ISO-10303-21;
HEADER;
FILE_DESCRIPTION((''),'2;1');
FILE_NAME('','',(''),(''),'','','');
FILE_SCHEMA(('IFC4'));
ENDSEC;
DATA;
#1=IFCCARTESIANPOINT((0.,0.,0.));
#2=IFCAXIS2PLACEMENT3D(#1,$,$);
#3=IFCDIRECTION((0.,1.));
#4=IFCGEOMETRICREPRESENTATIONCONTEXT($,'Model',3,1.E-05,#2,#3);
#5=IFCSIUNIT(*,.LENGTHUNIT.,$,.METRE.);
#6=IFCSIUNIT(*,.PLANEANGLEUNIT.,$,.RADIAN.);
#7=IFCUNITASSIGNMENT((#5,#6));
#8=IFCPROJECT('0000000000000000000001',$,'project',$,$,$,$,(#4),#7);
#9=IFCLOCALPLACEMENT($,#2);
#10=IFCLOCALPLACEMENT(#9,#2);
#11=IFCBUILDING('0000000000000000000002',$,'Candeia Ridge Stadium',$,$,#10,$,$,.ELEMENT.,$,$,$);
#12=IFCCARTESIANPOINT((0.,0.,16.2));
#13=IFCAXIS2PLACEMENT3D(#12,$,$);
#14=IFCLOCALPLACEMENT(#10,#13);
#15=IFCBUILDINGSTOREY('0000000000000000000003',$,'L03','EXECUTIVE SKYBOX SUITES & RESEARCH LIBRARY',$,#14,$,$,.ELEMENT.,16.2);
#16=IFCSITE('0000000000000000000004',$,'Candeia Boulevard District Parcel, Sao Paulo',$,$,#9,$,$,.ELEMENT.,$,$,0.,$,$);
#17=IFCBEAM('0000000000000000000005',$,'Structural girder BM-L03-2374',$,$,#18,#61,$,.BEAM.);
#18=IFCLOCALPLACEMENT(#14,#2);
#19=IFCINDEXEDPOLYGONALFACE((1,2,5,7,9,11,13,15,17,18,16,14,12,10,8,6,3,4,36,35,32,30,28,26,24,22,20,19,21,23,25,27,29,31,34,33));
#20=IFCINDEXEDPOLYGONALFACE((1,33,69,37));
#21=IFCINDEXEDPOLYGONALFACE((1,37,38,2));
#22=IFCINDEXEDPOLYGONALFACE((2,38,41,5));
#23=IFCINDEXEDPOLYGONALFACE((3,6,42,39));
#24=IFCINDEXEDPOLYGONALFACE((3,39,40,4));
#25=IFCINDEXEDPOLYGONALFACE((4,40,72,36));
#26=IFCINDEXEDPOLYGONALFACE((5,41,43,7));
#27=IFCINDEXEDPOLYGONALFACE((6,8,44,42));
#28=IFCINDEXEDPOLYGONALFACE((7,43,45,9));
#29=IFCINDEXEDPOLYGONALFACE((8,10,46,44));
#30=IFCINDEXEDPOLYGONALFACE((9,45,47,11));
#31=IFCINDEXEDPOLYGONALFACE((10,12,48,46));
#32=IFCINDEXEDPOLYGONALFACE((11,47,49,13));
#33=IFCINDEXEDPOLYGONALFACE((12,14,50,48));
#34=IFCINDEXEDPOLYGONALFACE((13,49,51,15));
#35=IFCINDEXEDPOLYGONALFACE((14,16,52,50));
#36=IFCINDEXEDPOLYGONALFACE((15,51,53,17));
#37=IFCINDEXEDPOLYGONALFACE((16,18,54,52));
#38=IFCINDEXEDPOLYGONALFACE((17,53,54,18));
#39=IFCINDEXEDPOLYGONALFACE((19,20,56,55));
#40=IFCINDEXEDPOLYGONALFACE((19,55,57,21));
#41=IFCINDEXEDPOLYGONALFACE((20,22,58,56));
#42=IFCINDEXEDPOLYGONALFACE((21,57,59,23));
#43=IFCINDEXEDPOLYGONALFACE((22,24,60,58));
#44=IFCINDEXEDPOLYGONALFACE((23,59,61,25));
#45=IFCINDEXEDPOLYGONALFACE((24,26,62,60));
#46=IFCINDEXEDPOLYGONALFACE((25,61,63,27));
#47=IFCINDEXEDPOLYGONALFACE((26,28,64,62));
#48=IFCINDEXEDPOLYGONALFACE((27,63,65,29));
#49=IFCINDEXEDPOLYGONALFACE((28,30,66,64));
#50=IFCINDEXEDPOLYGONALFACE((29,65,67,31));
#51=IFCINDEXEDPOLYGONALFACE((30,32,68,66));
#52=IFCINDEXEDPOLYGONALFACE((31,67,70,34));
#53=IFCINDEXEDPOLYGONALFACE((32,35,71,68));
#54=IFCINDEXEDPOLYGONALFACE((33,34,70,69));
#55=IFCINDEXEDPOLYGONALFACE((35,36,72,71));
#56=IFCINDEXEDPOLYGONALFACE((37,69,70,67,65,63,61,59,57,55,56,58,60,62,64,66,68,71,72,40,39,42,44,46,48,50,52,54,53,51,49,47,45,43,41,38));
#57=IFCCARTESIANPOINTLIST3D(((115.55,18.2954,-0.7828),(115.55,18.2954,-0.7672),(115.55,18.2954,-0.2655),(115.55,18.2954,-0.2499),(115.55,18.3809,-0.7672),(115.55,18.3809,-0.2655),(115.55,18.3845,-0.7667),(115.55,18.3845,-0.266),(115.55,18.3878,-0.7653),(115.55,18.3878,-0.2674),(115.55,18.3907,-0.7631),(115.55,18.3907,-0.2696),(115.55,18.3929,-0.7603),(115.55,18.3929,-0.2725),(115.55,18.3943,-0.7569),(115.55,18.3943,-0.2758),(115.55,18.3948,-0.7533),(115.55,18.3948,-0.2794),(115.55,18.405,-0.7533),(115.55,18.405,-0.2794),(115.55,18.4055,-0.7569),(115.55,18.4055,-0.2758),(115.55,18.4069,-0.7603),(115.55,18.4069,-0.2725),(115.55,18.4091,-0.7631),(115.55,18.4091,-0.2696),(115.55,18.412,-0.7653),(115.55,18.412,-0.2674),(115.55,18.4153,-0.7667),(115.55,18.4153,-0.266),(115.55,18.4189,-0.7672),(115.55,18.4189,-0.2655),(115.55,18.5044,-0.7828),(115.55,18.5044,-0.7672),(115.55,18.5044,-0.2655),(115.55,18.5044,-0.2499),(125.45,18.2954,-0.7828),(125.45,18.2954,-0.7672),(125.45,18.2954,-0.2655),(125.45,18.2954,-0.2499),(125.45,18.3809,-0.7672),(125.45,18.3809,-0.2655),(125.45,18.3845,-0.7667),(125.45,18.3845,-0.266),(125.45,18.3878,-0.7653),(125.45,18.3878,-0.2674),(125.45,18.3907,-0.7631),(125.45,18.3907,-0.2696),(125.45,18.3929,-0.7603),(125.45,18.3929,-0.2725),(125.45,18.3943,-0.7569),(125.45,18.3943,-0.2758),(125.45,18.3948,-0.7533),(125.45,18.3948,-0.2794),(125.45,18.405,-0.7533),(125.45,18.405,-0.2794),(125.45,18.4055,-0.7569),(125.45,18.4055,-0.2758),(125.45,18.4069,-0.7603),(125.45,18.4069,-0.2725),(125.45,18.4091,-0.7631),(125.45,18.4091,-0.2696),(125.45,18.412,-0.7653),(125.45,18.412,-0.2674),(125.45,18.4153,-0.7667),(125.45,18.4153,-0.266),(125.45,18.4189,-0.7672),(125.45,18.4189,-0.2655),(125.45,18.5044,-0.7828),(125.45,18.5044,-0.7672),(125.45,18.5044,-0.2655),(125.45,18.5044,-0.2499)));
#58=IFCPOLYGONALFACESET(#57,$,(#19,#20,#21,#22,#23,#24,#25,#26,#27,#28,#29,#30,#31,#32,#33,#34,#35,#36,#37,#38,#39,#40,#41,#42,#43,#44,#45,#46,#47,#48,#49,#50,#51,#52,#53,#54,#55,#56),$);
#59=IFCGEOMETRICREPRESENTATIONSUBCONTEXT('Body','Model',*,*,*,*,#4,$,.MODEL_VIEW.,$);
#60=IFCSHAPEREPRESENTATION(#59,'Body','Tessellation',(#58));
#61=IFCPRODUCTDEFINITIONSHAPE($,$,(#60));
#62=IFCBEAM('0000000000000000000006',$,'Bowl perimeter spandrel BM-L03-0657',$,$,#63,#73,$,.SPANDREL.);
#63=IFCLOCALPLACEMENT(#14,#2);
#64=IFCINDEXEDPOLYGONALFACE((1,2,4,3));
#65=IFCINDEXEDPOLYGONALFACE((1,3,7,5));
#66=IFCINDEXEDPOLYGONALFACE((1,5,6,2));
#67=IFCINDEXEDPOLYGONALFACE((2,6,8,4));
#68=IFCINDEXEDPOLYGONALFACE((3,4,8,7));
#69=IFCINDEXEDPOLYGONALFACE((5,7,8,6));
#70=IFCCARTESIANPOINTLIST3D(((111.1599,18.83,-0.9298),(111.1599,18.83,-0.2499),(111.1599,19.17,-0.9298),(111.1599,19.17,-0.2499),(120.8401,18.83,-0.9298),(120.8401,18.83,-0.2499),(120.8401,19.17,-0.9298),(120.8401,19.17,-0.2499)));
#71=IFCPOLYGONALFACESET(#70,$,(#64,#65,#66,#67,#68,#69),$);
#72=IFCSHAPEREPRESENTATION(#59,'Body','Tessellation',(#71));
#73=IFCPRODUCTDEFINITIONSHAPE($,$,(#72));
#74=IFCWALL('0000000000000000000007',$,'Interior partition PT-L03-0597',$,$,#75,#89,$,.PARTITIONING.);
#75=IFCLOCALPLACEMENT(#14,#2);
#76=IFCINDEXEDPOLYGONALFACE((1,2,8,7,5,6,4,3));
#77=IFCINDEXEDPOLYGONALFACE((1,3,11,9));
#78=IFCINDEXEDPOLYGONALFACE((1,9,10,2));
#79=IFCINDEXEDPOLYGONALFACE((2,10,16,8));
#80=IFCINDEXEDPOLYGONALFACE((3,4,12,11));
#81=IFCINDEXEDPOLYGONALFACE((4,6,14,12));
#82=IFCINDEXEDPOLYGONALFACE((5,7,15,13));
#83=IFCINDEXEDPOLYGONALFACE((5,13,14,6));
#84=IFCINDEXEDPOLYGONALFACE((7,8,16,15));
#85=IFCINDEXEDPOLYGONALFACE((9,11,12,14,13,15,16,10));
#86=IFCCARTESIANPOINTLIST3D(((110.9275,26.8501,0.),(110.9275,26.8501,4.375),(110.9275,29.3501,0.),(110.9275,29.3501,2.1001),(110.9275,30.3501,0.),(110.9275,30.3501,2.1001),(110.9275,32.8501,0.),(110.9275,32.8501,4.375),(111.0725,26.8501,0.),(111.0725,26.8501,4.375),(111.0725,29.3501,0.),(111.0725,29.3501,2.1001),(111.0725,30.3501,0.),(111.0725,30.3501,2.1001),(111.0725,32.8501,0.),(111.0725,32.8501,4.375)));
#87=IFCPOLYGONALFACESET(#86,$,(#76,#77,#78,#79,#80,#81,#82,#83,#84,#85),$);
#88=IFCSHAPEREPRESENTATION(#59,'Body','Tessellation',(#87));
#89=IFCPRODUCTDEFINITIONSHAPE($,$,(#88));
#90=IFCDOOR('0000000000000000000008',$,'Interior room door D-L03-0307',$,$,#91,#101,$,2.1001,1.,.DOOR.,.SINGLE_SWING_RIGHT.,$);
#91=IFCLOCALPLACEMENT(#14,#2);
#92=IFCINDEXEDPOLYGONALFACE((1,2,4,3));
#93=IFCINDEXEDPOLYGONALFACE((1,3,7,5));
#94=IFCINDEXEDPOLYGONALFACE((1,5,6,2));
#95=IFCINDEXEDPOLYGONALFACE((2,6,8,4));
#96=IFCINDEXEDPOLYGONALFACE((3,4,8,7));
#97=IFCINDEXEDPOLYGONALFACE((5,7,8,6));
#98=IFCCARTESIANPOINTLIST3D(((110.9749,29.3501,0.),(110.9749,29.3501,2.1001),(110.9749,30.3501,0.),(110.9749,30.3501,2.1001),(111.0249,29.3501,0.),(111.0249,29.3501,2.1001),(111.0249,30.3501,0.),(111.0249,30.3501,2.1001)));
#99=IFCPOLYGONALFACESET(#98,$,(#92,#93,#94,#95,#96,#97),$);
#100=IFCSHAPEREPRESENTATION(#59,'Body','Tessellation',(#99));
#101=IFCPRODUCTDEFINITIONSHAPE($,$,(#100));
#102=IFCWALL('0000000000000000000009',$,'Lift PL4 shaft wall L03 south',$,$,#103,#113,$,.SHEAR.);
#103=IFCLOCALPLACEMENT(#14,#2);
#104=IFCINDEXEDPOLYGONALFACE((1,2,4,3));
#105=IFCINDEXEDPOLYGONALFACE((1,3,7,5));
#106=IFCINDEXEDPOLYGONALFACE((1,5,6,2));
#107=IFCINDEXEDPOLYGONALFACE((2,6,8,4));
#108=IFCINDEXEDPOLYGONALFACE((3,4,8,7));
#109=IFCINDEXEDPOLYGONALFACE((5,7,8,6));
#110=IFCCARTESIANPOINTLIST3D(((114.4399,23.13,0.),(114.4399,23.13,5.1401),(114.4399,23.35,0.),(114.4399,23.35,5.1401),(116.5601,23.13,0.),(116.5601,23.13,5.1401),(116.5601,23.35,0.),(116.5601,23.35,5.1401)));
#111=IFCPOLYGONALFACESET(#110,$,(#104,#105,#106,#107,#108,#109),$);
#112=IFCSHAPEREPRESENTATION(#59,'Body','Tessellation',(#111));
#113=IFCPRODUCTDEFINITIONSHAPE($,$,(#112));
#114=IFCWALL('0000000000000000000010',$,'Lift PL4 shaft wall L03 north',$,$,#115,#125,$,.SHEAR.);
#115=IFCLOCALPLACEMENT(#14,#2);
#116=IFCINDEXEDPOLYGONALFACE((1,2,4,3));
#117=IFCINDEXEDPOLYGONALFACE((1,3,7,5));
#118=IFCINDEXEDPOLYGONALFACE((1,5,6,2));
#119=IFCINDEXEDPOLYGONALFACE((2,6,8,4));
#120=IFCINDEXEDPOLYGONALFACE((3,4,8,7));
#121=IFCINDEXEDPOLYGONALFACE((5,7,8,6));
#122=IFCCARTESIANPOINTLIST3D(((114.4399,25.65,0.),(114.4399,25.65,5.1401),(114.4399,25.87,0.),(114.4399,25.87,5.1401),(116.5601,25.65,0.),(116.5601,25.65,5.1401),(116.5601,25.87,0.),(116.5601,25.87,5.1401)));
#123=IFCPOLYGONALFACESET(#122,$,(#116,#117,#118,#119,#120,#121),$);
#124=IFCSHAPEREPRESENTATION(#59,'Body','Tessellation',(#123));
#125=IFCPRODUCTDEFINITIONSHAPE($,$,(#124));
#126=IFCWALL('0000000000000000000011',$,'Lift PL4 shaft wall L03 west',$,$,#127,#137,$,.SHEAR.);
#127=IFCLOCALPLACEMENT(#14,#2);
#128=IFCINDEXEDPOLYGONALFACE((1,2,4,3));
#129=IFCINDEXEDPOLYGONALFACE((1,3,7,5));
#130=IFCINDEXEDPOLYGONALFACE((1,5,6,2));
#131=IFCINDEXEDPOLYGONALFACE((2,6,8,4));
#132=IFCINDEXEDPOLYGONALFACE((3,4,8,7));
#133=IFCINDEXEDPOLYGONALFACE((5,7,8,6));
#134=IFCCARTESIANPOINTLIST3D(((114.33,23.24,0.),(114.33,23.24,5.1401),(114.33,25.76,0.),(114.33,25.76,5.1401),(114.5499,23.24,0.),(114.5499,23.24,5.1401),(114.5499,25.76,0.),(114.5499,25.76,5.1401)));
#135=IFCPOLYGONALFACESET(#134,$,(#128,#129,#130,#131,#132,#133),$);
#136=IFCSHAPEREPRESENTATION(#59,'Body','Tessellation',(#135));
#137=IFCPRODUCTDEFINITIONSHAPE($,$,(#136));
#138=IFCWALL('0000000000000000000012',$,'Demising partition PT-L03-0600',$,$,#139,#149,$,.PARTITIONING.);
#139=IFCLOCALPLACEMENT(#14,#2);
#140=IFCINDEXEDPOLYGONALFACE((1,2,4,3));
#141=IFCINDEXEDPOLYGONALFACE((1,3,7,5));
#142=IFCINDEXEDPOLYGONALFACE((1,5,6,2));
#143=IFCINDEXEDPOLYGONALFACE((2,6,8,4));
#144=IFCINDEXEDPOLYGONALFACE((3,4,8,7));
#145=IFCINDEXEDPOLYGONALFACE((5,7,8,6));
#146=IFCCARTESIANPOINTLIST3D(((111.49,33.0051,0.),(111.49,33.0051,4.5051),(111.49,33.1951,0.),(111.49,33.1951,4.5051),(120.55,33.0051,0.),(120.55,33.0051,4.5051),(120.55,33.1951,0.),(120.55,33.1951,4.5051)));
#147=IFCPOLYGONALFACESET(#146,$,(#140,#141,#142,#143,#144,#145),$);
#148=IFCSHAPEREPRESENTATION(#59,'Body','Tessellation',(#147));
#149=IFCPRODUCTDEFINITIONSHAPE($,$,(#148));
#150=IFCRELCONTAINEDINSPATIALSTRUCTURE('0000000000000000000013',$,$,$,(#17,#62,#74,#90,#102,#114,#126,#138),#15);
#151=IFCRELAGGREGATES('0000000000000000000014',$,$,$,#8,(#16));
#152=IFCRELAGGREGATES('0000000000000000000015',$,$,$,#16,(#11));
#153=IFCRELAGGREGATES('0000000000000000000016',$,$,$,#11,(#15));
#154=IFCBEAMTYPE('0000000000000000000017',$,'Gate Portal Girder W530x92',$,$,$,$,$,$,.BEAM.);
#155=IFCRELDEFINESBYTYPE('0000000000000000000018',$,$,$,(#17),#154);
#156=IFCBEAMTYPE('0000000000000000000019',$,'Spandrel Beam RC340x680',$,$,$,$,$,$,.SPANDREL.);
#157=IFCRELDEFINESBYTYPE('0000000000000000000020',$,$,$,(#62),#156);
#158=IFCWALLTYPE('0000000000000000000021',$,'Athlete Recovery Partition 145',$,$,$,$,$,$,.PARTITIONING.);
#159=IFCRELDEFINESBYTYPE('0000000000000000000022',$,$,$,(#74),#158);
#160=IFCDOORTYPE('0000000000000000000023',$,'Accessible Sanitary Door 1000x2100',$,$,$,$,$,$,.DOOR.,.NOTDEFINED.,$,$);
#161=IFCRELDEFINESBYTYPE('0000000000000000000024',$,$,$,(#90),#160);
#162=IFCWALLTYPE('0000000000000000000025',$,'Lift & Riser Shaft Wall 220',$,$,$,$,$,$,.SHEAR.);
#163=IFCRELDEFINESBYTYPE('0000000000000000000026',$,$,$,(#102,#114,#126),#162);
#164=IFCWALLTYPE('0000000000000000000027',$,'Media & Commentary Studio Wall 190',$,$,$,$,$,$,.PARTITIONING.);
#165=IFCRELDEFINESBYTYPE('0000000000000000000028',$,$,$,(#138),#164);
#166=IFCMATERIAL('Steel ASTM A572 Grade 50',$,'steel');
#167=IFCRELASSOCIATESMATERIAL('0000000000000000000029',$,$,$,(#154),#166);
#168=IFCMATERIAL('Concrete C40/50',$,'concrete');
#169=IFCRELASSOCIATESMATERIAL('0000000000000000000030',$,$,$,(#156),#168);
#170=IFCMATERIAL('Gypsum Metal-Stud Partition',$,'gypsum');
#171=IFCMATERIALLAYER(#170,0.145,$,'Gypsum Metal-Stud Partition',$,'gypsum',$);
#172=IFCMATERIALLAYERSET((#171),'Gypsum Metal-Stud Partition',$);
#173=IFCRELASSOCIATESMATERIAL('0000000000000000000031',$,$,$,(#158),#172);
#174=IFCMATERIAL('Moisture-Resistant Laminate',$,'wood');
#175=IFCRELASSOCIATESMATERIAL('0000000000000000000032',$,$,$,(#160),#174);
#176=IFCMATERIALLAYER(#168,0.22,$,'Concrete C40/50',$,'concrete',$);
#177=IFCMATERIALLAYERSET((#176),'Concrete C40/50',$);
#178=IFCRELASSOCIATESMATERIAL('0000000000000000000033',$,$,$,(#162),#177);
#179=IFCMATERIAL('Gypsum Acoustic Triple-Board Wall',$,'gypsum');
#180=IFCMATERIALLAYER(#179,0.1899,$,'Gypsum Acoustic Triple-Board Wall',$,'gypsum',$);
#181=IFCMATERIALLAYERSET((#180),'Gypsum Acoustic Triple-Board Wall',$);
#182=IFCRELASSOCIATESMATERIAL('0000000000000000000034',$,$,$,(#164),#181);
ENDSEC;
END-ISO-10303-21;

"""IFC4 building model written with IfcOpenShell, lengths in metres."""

from ifc_helpers import new_model, si_unit, direction, frame, frame_2d, origin, origin_2d, place, context, subcontext, project, spatial, rectangle, i_section, extrude, material, layer, layer_set, material_profile, profile_set, type_object, element, fill, save


model = new_model("IFC4")

# Units and contexts
model_context = context("Model", 3, precision=1e-05, world=origin(), true_north=direction((0.0, 1.0)))
body_context = subcontext(model_context, "Body", "Model", "MODEL_VIEW")
ifc_project = project(units=[si_unit("LENGTHUNIT", "METRE"), si_unit("PLANEANGLEUNIT", "RADIAN")], contexts=[model_context])

# Site, building, storey
site_placement = place(None, origin())
site = spatial("IfcSite", under=ifc_project, at=site_placement, Name="Candeia Boulevard District Parcel, Sao Paulo", CompositionType="ELEMENT", RefElevation=0.0)
building_placement = place(site_placement, origin())
building = spatial("IfcBuilding", under=site, at=building_placement, Name="Candeia Ridge Stadium", CompositionType="ELEMENT")
storey_placement = place(building_placement, frame((0.0, 0.0, 16.2)))
storey = spatial("IfcBuildingStorey", under=building, at=storey_placement, Name="L03", Description="EXECUTIVE SKYBOX SUITES & RESEARCH LIBRARY", CompositionType="ELEMENT", Elevation=16.2)

# Shared definitions
ifc_material_1 = material(Name="Steel ASTM A572 Grade 50", Category="steel")
ifc_material_2 = material(Name="Concrete C40/50", Category="concrete")

# Beams
ifc_material_profile_1 = material_profile(ifc_material_1, i_section(OverallWidth=0.209, OverallDepth=0.533, WebThickness=0.0103, FlangeThickness=0.0156, FilletRadius=0.0139, at=origin_2d()), Name="W530x92", Category="steel")
ifc_profile_set_1 = profile_set([ifc_material_profile_1], Name="Steel ASTM A572 Grade 50")
beam_type_1 = type_object("IfcBeamType", Name="Gate Portal Girder W530x92", PredefinedType="BEAM", material=ifc_profile_set_1)
beam_1_placement = place(storey_placement, frame((115.55, 18.3999, -0.5164), z_axis=(1.0, 0.0, 0.0), x_axis=(0.0, 1.0, 0.0)))
element("IfcBeam", 1, at=beam_1_placement, inside=storey, type_object=beam_type_1, Name="Structural girder BM-L03-2374", PredefinedType="BEAM", context=body_context, shape_type="SweptSolid", body=[
    extrude(i_section(OverallWidth=0.209, OverallDepth=0.533, WebThickness=0.0103, FlangeThickness=0.0156, FilletRadius=0.0139, at=origin_2d()), origin(), (0.0, 0.0, 1.0), 9.8999),
])
ifc_material_profile_2 = material_profile(ifc_material_2, rectangle(XDim=0.3401, YDim=0.6799, at=origin_2d()), Name="RC340x680", Category="concrete")
ifc_profile_set_2 = profile_set([ifc_material_profile_2], Name="Concrete C40/50")
beam_type_2 = type_object("IfcBeamType", Name="Spandrel Beam RC340x680", PredefinedType="SPANDREL", material=ifc_profile_set_2)
beam_2_placement = place(storey_placement, frame((111.1599, 19.0, -0.5898), z_axis=(1.0, 0.0, 0.0), x_axis=(0.0, 1.0, 0.0)))
element("IfcBeam", 2, at=beam_2_placement, inside=storey, type_object=beam_type_2, Name="Bowl perimeter spandrel BM-L03-0657", PredefinedType="SPANDREL", context=body_context, shape_type="SweptSolid", body=[
    extrude(rectangle(XDim=0.3401, YDim=0.6799, at=origin_2d()), origin(), (0.0, 0.0, 1.0), 9.6802),
])

# Wall, opening, door
ifc_material_3 = material(Name="Gypsum Metal-Stud Partition", Category="gypsum")
ifc_layer_1 = layer(ifc_material_3, 0.145, Name="Gypsum Metal-Stud Partition", Category="gypsum")
ifc_layer_set_1 = layer_set([ifc_layer_1], Name="Gypsum Metal-Stud Partition")
wall_type_1 = type_object("IfcWallType", Name="Athlete Recovery Partition 145", PredefinedType="PARTITIONING", material=ifc_layer_set_1)
wall_1_placement = place(storey_placement, frame((111.0, 32.8501, 0.0), z_axis=(0.0, 0.0, 1.0), x_axis=(0.0, -1.0, 0.0)))
wall_1 = element("IfcWall", 3, at=wall_1_placement, inside=storey, type_object=wall_type_1, Name="Interior partition PT-L03-0597", PredefinedType="PARTITIONING", context=body_context, shape_type="SweptSolid", body=[
    extrude(rectangle(XDim=6.0, YDim=0.145, at=frame_2d((3.0, 0.0))), origin(), (0.0, 0.0, 1.0), 4.375),
])
opening_1_placement = place(wall_1_placement, frame((2.5, 0.0, 0.0)))
opening_1 = element("IfcOpeningElement", 4, at=opening_1_placement, cuts=wall_1, PredefinedType="OPENING", context=body_context, shape_type="SweptSolid", body=[
    extrude(rectangle(XDim=1.0, YDim=2.1001, at=frame_2d((0.5, 1.05))), frame((0.0, 0.0825, 0.0), z_axis=(0.0, -1.0, 0.0), x_axis=(1.0, 0.0, 0.0)), (0.0, 0.0, 1.0), 0.165),
])
ifc_material_4 = material(Name="Moisture-Resistant Laminate", Category="wood")
door_type_1 = type_object("IfcDoorType", Name="Accessible Sanitary Door 1000x2100", OperationType="NOTDEFINED", PredefinedType="DOOR", material=ifc_material_4)
door_1_placement = place(opening_1_placement, origin())
door_1 = element("IfcDoor", 5, at=door_1_placement, inside=storey, type_object=door_type_1, Name="Interior room door D-L03-0307", OperationType="SINGLE_SWING_RIGHT", OverallHeight=2.1001, OverallWidth=1.0, PredefinedType="DOOR", context=body_context, shape_type="SweptSolid", body=[
    extrude(rectangle(XDim=1.0, YDim=2.1001, at=frame_2d((0.5, 1.05))), frame((0.0, 0.0249, 0.0), z_axis=(0.0, -1.0, 0.0), x_axis=(1.0, 0.0, 0.0)), (0.0, 0.0, 1.0), 0.05),
])
fill(opening_1, door_1)

# Wall
ifc_layer_2 = layer(ifc_material_2, 0.22, Name="Concrete C40/50", Category="concrete")
ifc_layer_set_2 = layer_set([ifc_layer_2], Name="Concrete C40/50")
wall_type_2 = type_object("IfcWallType", Name="Lift & Riser Shaft Wall 220", PredefinedType="SHEAR", material=ifc_layer_set_2)
wall_2_placement = place(storey_placement, frame((114.4399, 23.24, 0.0), z_axis=(0.0, 0.0, 1.0), x_axis=(1.0, 0.0, 0.0)))
element("IfcWall", 6, at=wall_2_placement, inside=storey, type_object=wall_type_2, Name="Lift PL4 shaft wall L03 south", PredefinedType="SHEAR", context=body_context, shape_type="SweptSolid", body=[
    extrude(rectangle(XDim=2.1201, YDim=0.22, at=frame_2d((1.0601, 0.0))), origin(), (0.0, 0.0, 1.0), 5.1401),
])

# Walls
wall_3_placement = place(storey_placement, frame((116.5601, 25.76, 0.0), z_axis=(0.0, 0.0, 1.0), x_axis=(-1.0, 0.0, 0.0)))
element("IfcWall", 7, at=wall_3_placement, inside=storey, type_object=wall_type_2, Name="Lift PL4 shaft wall L03 north", PredefinedType="SHEAR", context=body_context, shape_type="SweptSolid", body=[
    extrude(rectangle(XDim=2.1201, YDim=0.22, at=frame_2d((1.0601, 0.0))), origin(), (0.0, 0.0, 1.0), 5.1401),
])
wall_4_placement = place(storey_placement, frame((114.4399, 25.76, 0.0), z_axis=(0.0, 0.0, 1.0), x_axis=(0.0, -1.0, 0.0)))
element("IfcWall", 8, at=wall_4_placement, inside=storey, type_object=wall_type_2, Name="Lift PL4 shaft wall L03 west", PredefinedType="SHEAR", context=body_context, shape_type="SweptSolid", body=[
    extrude(rectangle(XDim=2.52, YDim=0.22, at=frame_2d((1.26, 0.0))), origin(), (0.0, 0.0, 1.0), 5.1401),
])
ifc_material_5 = material(Name="Gypsum Acoustic Triple-Board Wall", Category="gypsum")
ifc_layer_3 = layer(ifc_material_5, 0.1899, Name="Gypsum Acoustic Triple-Board Wall", Category="gypsum")
ifc_layer_set_3 = layer_set([ifc_layer_3], Name="Gypsum Acoustic Triple-Board Wall")
wall_type_3 = type_object("IfcWallType", Name="Media & Commentary Studio Wall 190", PredefinedType="PARTITIONING", material=ifc_layer_set_3)
wall_5_placement = place(storey_placement, frame((111.49, 33.1001, 0.0), z_axis=(0.0, 0.0, 1.0), x_axis=(1.0, 0.0, 0.0)))
element("IfcWall", 9, at=wall_5_placement, inside=storey, type_object=wall_type_3, Name="Demising partition PT-L03-0600", PredefinedType="PARTITIONING", context=body_context, shape_type="SweptSolid", body=[
    extrude(rectangle(XDim=9.0601, YDim=0.1899, at=frame_2d((4.53, 0.0))), origin(), (0.0, 0.0, 1.0), 4.5051),
])

save(model, "model.ifc")
